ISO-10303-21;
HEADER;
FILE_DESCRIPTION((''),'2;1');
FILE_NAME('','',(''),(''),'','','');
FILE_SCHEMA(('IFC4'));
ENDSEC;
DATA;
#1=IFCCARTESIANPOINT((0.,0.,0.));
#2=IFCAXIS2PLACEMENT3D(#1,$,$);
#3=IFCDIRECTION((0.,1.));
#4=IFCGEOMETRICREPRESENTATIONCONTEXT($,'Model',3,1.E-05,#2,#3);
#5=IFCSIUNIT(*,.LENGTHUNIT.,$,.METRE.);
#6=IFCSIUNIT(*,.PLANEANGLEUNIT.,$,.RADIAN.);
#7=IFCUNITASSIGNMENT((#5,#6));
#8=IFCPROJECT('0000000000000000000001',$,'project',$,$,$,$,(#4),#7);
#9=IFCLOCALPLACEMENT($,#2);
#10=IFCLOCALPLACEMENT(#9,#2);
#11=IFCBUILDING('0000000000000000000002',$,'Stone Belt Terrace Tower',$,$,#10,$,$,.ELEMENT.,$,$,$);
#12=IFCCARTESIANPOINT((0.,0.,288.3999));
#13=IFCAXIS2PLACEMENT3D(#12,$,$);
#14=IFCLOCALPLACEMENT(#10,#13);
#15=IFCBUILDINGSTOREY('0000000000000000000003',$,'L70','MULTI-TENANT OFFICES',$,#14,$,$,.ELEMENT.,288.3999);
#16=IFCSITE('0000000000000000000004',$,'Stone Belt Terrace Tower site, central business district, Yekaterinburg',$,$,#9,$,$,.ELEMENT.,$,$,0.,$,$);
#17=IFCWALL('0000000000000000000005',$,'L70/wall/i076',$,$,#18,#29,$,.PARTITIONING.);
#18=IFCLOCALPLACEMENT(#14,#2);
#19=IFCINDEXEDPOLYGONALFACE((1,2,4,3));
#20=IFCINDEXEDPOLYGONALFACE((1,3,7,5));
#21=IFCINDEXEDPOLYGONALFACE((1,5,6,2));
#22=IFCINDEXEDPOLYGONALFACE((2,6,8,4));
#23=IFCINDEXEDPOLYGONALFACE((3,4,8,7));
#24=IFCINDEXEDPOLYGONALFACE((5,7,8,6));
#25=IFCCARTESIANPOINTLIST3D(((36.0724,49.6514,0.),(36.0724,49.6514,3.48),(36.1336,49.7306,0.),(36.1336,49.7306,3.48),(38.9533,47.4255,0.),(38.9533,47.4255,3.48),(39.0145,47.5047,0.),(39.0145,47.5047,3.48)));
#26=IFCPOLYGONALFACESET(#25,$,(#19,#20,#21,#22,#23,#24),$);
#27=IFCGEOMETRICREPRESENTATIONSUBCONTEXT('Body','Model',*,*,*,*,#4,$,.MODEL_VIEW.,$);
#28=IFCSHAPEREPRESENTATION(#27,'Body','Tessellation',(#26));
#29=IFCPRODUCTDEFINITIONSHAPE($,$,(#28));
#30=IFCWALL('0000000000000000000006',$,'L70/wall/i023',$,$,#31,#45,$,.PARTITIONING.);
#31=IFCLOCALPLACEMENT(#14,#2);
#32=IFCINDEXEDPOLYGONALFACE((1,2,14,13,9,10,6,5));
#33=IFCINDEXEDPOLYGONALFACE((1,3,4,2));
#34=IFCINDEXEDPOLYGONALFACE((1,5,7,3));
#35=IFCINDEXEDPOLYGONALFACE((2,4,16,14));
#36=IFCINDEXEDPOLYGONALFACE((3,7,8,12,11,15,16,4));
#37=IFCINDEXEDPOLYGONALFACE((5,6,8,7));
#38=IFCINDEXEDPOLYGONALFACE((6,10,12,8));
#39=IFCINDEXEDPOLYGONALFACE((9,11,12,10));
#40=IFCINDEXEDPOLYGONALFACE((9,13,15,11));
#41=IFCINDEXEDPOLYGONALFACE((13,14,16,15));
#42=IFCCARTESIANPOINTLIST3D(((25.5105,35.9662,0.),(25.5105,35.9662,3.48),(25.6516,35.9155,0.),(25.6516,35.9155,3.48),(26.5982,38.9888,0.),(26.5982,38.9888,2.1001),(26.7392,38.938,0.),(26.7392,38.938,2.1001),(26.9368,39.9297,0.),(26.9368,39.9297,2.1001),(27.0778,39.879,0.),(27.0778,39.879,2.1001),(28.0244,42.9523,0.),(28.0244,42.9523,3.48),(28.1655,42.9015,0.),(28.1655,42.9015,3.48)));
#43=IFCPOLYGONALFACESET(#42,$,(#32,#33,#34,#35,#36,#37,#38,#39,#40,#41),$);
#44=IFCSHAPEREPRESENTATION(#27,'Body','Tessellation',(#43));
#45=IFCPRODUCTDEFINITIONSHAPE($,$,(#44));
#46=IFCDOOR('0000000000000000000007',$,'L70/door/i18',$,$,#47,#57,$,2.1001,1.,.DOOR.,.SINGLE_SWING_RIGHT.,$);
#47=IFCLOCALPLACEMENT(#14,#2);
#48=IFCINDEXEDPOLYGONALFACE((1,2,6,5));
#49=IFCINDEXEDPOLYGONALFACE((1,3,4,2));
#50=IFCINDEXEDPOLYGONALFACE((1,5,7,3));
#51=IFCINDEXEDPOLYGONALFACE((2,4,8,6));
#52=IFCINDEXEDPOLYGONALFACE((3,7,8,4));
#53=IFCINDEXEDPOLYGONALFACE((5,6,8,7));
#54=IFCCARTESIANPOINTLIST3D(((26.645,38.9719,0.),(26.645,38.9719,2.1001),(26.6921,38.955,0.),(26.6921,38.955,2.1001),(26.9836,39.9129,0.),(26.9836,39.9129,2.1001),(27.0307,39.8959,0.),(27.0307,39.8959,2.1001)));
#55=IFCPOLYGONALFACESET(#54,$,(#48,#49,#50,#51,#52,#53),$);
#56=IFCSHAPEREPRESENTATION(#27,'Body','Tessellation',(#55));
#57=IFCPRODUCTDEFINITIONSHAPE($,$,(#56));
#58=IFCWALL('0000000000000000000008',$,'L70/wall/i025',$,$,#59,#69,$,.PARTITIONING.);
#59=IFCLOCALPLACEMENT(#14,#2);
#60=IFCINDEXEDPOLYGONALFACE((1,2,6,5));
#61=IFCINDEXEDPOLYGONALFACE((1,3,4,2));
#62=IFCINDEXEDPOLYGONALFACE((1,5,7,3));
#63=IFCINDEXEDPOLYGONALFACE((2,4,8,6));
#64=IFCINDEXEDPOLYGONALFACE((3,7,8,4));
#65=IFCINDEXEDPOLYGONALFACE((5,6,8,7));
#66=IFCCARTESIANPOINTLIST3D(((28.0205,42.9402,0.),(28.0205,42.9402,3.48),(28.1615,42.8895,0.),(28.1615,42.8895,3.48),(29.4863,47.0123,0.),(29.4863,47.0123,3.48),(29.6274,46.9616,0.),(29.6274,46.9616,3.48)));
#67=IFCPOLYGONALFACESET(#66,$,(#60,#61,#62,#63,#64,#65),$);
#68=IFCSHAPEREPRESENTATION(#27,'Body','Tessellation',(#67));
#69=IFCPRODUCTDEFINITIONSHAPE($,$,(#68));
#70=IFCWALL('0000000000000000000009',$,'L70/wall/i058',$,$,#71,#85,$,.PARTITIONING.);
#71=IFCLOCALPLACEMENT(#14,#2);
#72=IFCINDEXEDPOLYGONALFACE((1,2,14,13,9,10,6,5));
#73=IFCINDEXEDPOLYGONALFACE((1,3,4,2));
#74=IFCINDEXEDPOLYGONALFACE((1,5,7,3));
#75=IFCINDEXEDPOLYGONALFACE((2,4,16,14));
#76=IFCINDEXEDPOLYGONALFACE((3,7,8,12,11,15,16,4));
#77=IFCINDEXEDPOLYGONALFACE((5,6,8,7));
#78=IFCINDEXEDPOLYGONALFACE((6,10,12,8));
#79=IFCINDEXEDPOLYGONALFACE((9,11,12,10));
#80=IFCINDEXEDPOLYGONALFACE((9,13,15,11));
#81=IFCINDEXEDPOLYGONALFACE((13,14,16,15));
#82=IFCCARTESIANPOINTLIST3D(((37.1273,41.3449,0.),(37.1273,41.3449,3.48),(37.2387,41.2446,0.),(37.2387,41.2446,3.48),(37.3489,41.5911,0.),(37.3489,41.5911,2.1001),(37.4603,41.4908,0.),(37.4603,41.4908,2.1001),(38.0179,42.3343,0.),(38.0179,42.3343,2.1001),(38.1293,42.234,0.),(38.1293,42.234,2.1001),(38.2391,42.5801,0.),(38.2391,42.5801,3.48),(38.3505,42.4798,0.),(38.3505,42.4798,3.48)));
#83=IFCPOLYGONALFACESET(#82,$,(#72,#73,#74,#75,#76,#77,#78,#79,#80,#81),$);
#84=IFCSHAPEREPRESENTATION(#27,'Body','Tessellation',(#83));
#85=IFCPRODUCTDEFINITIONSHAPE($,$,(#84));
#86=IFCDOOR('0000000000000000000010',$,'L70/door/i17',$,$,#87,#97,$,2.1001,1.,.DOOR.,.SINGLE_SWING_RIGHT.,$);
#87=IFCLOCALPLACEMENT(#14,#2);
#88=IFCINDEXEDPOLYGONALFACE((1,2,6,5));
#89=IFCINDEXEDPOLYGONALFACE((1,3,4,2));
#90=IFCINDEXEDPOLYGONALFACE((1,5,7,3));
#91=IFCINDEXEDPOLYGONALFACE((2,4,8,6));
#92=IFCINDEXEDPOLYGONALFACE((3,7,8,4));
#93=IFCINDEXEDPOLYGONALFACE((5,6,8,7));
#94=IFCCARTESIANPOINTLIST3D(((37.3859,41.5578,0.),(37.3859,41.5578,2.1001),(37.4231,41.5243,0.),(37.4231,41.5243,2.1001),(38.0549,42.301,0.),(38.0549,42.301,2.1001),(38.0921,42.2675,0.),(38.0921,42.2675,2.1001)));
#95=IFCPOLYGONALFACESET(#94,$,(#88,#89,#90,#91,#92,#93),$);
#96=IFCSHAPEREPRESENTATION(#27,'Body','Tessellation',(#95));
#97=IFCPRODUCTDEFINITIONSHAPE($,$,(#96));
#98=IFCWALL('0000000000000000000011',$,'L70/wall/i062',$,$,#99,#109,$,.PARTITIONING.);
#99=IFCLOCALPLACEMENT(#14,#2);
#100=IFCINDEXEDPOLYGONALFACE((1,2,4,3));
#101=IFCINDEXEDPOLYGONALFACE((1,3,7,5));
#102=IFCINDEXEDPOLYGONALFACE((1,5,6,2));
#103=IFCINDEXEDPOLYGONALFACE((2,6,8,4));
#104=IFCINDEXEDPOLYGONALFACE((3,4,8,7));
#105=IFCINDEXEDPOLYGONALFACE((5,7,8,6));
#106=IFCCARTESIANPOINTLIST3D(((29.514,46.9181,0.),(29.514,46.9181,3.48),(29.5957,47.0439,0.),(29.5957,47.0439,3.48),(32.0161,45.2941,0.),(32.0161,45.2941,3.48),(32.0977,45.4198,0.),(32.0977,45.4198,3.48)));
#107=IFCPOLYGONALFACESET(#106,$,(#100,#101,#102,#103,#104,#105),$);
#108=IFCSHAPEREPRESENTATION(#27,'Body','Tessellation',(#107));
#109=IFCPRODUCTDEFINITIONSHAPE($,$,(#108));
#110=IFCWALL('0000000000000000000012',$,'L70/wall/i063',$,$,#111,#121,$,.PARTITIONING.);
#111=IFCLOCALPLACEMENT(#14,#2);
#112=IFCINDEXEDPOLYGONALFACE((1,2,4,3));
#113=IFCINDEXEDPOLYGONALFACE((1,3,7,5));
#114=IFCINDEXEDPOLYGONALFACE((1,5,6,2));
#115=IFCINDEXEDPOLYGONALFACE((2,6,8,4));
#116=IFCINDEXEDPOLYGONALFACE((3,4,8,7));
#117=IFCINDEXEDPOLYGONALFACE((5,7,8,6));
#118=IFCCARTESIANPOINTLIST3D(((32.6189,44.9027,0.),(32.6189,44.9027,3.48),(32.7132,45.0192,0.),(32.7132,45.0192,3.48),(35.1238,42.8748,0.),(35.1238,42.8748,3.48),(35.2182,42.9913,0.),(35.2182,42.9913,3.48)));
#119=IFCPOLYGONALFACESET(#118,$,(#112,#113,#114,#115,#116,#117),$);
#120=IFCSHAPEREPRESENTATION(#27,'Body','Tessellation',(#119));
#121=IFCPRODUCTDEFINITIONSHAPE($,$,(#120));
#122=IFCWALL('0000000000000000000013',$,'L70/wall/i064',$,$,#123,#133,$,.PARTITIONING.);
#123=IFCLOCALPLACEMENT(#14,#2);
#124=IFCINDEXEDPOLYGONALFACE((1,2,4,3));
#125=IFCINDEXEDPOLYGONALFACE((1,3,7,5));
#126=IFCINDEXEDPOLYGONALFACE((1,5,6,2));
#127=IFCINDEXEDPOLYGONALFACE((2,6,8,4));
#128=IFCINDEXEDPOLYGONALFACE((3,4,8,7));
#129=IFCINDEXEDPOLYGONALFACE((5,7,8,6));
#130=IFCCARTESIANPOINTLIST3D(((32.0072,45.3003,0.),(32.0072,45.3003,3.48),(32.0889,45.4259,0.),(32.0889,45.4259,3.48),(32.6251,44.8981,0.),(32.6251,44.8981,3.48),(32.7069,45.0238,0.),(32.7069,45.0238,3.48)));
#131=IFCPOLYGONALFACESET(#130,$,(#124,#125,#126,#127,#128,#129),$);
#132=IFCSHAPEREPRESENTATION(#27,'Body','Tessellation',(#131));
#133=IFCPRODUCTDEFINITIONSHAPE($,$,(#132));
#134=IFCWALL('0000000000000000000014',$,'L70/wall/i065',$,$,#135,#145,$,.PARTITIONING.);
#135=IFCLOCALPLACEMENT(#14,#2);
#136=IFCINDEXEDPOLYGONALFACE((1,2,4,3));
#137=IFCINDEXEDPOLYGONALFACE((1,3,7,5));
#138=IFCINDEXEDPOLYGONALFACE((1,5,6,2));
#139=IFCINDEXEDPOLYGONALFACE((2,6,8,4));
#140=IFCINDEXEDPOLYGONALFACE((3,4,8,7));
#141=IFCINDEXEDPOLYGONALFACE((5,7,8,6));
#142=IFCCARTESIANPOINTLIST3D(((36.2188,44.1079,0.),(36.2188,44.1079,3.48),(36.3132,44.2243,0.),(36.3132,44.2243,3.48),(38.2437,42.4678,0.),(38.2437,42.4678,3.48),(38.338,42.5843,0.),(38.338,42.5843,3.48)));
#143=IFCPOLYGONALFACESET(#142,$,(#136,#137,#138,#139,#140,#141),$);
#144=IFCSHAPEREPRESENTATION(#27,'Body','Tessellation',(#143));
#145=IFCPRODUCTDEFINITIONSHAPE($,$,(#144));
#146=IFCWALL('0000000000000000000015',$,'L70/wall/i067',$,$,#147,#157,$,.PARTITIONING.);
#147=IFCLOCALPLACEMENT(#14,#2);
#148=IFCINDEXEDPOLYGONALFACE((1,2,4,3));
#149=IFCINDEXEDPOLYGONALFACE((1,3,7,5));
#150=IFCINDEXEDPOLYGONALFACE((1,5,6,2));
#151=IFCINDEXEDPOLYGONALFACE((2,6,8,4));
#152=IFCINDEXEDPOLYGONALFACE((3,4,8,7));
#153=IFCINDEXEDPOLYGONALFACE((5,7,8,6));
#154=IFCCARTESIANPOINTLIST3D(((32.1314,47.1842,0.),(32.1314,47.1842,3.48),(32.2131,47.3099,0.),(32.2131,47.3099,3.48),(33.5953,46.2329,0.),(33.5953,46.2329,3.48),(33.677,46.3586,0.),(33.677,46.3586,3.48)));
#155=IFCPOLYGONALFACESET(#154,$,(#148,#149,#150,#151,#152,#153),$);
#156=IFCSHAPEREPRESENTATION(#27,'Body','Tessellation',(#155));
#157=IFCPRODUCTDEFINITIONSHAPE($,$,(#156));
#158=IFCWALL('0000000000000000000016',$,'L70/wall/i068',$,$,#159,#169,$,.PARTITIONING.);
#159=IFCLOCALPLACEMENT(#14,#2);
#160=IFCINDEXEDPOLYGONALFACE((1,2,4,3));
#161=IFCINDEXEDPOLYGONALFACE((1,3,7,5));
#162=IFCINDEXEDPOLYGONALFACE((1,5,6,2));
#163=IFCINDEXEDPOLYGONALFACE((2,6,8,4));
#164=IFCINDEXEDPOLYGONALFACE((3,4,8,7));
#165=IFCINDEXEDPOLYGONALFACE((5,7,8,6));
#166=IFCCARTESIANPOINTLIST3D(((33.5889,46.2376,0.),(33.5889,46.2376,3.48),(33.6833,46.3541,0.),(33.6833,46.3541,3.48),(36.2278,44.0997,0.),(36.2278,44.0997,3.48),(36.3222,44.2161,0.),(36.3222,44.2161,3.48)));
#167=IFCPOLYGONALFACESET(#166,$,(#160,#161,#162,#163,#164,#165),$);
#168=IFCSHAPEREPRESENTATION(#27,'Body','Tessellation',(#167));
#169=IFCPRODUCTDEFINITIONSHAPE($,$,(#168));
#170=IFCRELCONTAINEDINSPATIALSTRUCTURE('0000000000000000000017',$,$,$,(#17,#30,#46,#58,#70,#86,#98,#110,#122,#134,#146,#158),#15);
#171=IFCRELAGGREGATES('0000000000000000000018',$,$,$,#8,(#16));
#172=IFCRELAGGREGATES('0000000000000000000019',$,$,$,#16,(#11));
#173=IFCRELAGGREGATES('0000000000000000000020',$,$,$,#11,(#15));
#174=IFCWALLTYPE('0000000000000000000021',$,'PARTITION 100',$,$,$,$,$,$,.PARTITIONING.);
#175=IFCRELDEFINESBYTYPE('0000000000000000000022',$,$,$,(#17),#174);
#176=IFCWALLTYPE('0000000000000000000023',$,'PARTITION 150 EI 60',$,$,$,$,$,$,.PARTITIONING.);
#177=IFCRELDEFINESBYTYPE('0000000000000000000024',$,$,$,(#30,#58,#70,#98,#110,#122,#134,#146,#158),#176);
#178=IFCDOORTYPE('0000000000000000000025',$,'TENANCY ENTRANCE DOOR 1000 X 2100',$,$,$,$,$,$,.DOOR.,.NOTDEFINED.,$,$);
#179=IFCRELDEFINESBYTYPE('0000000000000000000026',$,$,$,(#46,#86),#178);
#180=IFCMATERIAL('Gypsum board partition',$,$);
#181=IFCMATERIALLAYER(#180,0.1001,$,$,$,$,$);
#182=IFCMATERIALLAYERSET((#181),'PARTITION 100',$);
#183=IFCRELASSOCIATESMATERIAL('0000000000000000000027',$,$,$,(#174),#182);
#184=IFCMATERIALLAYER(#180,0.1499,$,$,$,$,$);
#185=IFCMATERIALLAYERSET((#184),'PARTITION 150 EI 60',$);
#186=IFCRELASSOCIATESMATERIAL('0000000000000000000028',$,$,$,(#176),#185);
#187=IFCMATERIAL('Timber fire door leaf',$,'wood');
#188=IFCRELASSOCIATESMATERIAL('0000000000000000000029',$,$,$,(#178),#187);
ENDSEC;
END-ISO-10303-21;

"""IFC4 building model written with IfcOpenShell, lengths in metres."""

from ifc_helpers import new_model, si_unit, direction, frame, frame_2d, origin, place, context, subcontext, project, spatial, rectangle, extrude, material, layer, layer_set, type_object, element, fill, save


model = new_model("IFC4")

# Units and contexts
model_context = context("Model", 3, precision=1e-05, world=origin(), true_north=direction((0.0, 1.0)))
body_context = subcontext(model_context, "Body", "Model", "MODEL_VIEW")
ifc_project = project(units=[si_unit("LENGTHUNIT", "METRE"), si_unit("PLANEANGLEUNIT", "RADIAN")], contexts=[model_context])

# Site, building, storey
site_placement = place(None, origin())
site = spatial("IfcSite", under=ifc_project, at=site_placement, Name="Stone Belt Terrace Tower site, central business district, Yekaterinburg", CompositionType="ELEMENT", RefElevation=0.0)
building_placement = place(site_placement, origin())
building = spatial("IfcBuilding", under=site, at=building_placement, Name="Stone Belt Terrace Tower", CompositionType="ELEMENT")
storey_placement = place(building_placement, frame((0.0, 0.0, 288.3999)))
storey = spatial("IfcBuildingStorey", under=building, at=storey_placement, Name="L70", Description="MULTI-TENANT OFFICES", CompositionType="ELEMENT", Elevation=288.3999)

# Shared definitions
ifc_material_1 = material(Name="Gypsum board partition")
ifc_layer_1 = layer(ifc_material_1, 0.1001)
ifc_layer_set_1 = layer_set([ifc_layer_1], Name="PARTITION 100")
wall_type_1 = type_object("IfcWallType", Name="PARTITION 100", PredefinedType="PARTITIONING", material=ifc_layer_set_1)

# Wall
wall_1_placement = place(storey_placement, frame((38.9839, 47.4651, 0.0), z_axis=(0.0, 0.0, 1.0), x_axis=(-0.791323, 0.611398, 0.0)))
element("IfcWall", 1, at=wall_1_placement, inside=storey, type_object=wall_type_1, Name="L70/wall/i076", PredefinedType="PARTITIONING", context=body_context, shape_type="SweptSolid", body=[
    extrude(rectangle(XDim=3.6406, YDim=0.1001, at=frame_2d((1.8203, 0.0))), origin(), (0.0, 0.0, 1.0), 3.48),
])

# Wall, opening, door
ifc_layer_2 = layer(ifc_material_1, 0.1499)
ifc_layer_set_2 = layer_set([ifc_layer_2], Name="PARTITION 150 EI 60")
wall_type_2 = type_object("IfcWallType", Name="PARTITION 150 EI 60", PredefinedType="PARTITIONING", material=ifc_layer_set_2)
wall_2_placement = place(storey_placement, frame((28.095, 42.927, 0.0), z_axis=(0.0, 0.0, 1.0), x_axis=(-0.338591, -0.940934, 0.0)))
wall_2 = element("IfcWall", 2, at=wall_2_placement, inside=storey, type_object=wall_type_2, Name="L70/wall/i023", PredefinedType="PARTITIONING", context=body_context, shape_type="SweptSolid", body=[
    extrude(rectangle(XDim=7.4246, YDim=0.1499, at=frame_2d((3.7124, 0.0))), origin(), (0.0, 0.0, 1.0), 3.48),
])
opening_1_placement = place(wall_2_placement, frame((3.2124, 0.0, 0.0)))
opening_1 = element("IfcOpeningElement", 3, at=opening_1_placement, cuts=wall_2, PredefinedType="OPENING", context=body_context, shape_type="SweptSolid", body=[
    extrude(rectangle(XDim=1.0, YDim=2.1001, at=frame_2d((0.5, 1.05))), frame((0.0, 0.085, 0.0), z_axis=(0.0, -1.0, 0.0), x_axis=(1.0, 0.0, 0.0)), (0.0, 0.0, 1.0), 0.1699),
])
ifc_material_2 = material(Name="Timber fire door leaf", Category="wood")
door_type_1 = type_object("IfcDoorType", Name="TENANCY ENTRANCE DOOR 1000 X 2100", OperationType="NOTDEFINED", PredefinedType="DOOR", material=ifc_material_2)
door_1_placement = place(opening_1_placement, origin())
door_1 = element("IfcDoor", 4, at=door_1_placement, inside=storey, type_object=door_type_1, Name="L70/door/i18", OperationType="SINGLE_SWING_RIGHT", OverallHeight=2.1001, OverallWidth=1.0, PredefinedType="DOOR", context=body_context, shape_type="SweptSolid", body=[
    extrude(rectangle(XDim=1.0, YDim=2.1001, at=frame_2d((0.5, 1.05))), frame((0.0, 0.0249, 0.0), z_axis=(0.0, -1.0, 0.0), x_axis=(1.0, 0.0, 0.0)), (0.0, 0.0, 1.0), 0.05),
])
fill(opening_1, door_1)

# Wall
wall_3_placement = place(storey_placement, frame((29.5569, 46.9871, 0.0), z_axis=(0.0, 0.0, 1.0), x_axis=(-0.338697, -0.940895, 0.0)))
element("IfcWall", 5, at=wall_3_placement, inside=storey, type_object=wall_type_2, Name="L70/wall/i025", PredefinedType="PARTITIONING", context=body_context, shape_type="SweptSolid", body=[
    extrude(rectangle(XDim=4.3279, YDim=0.1499, at=frame_2d((2.1641, 0.0))), origin(), (0.0, 0.0, 1.0), 3.48),
])

# Wall, opening, door
wall_4_placement = place(storey_placement, frame((38.2949, 42.53, 0.0), z_axis=(0.0, 0.0, 1.0), x_axis=(-0.669038, -0.743228, 0.0)))
wall_4 = element("IfcWall", 6, at=wall_4_placement, inside=storey, type_object=wall_type_2, Name="L70/wall/i058", PredefinedType="PARTITIONING", context=body_context, shape_type="SweptSolid", body=[
    extrude(rectangle(XDim=1.6619, YDim=0.1499, at=frame_2d((0.8311, 0.0))), origin(), (0.0, 0.0, 1.0), 3.48),
])
opening_2_placement = place(wall_4_placement, frame((0.3308, 0.0, 0.0)))
opening_2 = element("IfcOpeningElement", 7, at=opening_2_placement, cuts=wall_4, PredefinedType="OPENING", context=body_context, shape_type="SweptSolid", body=[
    extrude(rectangle(XDim=1.0, YDim=2.1001, at=frame_2d((0.5, 1.05))), frame((0.0, 0.085, 0.0), z_axis=(0.0, -1.0, 0.0), x_axis=(1.0, 0.0, 0.0)), (0.0, 0.0, 1.0), 0.1699),
])
door_2_placement = place(opening_2_placement, origin())
door_2 = element("IfcDoor", 8, at=door_2_placement, inside=storey, type_object=door_type_1, Name="L70/door/i17", OperationType="SINGLE_SWING_RIGHT", OverallHeight=2.1001, OverallWidth=1.0, PredefinedType="DOOR", context=body_context, shape_type="SweptSolid", body=[
    extrude(rectangle(XDim=1.0, YDim=2.1001, at=frame_2d((0.5, 1.05))), frame((0.0, 0.0249, 0.0), z_axis=(0.0, -1.0, 0.0), x_axis=(1.0, 0.0, 0.0)), (0.0, 0.0, 1.0), 0.05),
])
fill(opening_2, door_2)

# Walls
wall_5_placement = place(storey_placement, frame((32.0569, 45.3569, 0.0), z_axis=(0.0, 0.0, 1.0), x_axis=(-0.838788, 0.544459, 0.0)))
element("IfcWall", 9, at=wall_5_placement, inside=storey, type_object=wall_type_2, Name="L70/wall/i062", PredefinedType="PARTITIONING", context=body_context, shape_type="SweptSolid", body=[
    extrude(rectangle(XDim=2.9829, YDim=0.1499, at=frame_2d((1.4915, 0.0))), origin(), (0.0, 0.0, 1.0), 3.48),
])
wall_6_placement = place(storey_placement, frame((35.1709, 42.9331, 0.0), z_axis=(0.0, 0.0, 1.0), x_axis=(-0.777234, 0.629211, 0.0)))
element("IfcWall", 10, at=wall_6_placement, inside=storey, type_object=wall_type_2, Name="L70/wall/i063", PredefinedType="PARTITIONING", context=body_context, shape_type="SweptSolid", body=[
    extrude(rectangle(XDim=3.2229, YDim=0.1499, at=frame_2d((1.6113, 0.0))), origin(), (0.0, 0.0, 1.0), 3.48),
])
wall_7_placement = place(storey_placement, frame((32.666, 44.9609, 0.0), z_axis=(0.0, 0.0, 1.0), x_axis=(-0.838164, 0.545419, 0.0)))
element("IfcWall", 11, at=wall_7_placement, inside=storey, type_object=wall_type_2, Name="L70/wall/i064", PredefinedType="PARTITIONING", context=body_context, shape_type="SweptSolid", body=[
    extrude(rectangle(XDim=0.7373, YDim=0.1499, at=frame_2d((0.3687, 0.0))), origin(), (0.0, 0.0, 1.0), 3.48),
])
wall_8_placement = place(storey_placement, frame((36.2661, 44.166, 0.0), z_axis=(0.0, 0.0, 1.0), x_axis=(0.77707, -0.629414, 0.0)))
element("IfcWall", 12, at=wall_8_placement, inside=storey, type_object=wall_type_2, Name="L70/wall/i065", PredefinedType="PARTITIONING", context=body_context, shape_type="SweptSolid", body=[
    extrude(rectangle(XDim=2.6057, YDim=0.1499, at=frame_2d((1.3027, 0.0))), origin(), (0.0, 0.0, 1.0), 3.48),
])
wall_9_placement = place(storey_placement, frame((32.1721, 47.2471, 0.0), z_axis=(0.0, 0.0, 1.0), x_axis=(0.838533, -0.544851, 0.0)))
element("IfcWall", 13, at=wall_9_placement, inside=storey, type_object=wall_type_2, Name="L70/wall/i067", PredefinedType="PARTITIONING", context=body_context, shape_type="SweptSolid", body=[
    extrude(rectangle(XDim=1.7458, YDim=0.1499, at=frame_2d((0.873, 0.0))), origin(), (0.0, 0.0, 1.0), 3.48),
])
wall_10_placement = place(storey_placement, frame((33.636, 46.2959, 0.0), z_axis=(0.0, 0.0, 1.0), x_axis=(0.777004, -0.629496, 0.0)))
element("IfcWall", 14, at=wall_10_placement, inside=storey, type_object=wall_type_2, Name="L70/wall/i068", PredefinedType="PARTITIONING", context=body_context, shape_type="SweptSolid", body=[
    extrude(rectangle(XDim=3.3962, YDim=0.1499, at=frame_2d((1.6982, 0.0))), origin(), (0.0, 0.0, 1.0), 3.48),
])

save(model, "model.ifc")
